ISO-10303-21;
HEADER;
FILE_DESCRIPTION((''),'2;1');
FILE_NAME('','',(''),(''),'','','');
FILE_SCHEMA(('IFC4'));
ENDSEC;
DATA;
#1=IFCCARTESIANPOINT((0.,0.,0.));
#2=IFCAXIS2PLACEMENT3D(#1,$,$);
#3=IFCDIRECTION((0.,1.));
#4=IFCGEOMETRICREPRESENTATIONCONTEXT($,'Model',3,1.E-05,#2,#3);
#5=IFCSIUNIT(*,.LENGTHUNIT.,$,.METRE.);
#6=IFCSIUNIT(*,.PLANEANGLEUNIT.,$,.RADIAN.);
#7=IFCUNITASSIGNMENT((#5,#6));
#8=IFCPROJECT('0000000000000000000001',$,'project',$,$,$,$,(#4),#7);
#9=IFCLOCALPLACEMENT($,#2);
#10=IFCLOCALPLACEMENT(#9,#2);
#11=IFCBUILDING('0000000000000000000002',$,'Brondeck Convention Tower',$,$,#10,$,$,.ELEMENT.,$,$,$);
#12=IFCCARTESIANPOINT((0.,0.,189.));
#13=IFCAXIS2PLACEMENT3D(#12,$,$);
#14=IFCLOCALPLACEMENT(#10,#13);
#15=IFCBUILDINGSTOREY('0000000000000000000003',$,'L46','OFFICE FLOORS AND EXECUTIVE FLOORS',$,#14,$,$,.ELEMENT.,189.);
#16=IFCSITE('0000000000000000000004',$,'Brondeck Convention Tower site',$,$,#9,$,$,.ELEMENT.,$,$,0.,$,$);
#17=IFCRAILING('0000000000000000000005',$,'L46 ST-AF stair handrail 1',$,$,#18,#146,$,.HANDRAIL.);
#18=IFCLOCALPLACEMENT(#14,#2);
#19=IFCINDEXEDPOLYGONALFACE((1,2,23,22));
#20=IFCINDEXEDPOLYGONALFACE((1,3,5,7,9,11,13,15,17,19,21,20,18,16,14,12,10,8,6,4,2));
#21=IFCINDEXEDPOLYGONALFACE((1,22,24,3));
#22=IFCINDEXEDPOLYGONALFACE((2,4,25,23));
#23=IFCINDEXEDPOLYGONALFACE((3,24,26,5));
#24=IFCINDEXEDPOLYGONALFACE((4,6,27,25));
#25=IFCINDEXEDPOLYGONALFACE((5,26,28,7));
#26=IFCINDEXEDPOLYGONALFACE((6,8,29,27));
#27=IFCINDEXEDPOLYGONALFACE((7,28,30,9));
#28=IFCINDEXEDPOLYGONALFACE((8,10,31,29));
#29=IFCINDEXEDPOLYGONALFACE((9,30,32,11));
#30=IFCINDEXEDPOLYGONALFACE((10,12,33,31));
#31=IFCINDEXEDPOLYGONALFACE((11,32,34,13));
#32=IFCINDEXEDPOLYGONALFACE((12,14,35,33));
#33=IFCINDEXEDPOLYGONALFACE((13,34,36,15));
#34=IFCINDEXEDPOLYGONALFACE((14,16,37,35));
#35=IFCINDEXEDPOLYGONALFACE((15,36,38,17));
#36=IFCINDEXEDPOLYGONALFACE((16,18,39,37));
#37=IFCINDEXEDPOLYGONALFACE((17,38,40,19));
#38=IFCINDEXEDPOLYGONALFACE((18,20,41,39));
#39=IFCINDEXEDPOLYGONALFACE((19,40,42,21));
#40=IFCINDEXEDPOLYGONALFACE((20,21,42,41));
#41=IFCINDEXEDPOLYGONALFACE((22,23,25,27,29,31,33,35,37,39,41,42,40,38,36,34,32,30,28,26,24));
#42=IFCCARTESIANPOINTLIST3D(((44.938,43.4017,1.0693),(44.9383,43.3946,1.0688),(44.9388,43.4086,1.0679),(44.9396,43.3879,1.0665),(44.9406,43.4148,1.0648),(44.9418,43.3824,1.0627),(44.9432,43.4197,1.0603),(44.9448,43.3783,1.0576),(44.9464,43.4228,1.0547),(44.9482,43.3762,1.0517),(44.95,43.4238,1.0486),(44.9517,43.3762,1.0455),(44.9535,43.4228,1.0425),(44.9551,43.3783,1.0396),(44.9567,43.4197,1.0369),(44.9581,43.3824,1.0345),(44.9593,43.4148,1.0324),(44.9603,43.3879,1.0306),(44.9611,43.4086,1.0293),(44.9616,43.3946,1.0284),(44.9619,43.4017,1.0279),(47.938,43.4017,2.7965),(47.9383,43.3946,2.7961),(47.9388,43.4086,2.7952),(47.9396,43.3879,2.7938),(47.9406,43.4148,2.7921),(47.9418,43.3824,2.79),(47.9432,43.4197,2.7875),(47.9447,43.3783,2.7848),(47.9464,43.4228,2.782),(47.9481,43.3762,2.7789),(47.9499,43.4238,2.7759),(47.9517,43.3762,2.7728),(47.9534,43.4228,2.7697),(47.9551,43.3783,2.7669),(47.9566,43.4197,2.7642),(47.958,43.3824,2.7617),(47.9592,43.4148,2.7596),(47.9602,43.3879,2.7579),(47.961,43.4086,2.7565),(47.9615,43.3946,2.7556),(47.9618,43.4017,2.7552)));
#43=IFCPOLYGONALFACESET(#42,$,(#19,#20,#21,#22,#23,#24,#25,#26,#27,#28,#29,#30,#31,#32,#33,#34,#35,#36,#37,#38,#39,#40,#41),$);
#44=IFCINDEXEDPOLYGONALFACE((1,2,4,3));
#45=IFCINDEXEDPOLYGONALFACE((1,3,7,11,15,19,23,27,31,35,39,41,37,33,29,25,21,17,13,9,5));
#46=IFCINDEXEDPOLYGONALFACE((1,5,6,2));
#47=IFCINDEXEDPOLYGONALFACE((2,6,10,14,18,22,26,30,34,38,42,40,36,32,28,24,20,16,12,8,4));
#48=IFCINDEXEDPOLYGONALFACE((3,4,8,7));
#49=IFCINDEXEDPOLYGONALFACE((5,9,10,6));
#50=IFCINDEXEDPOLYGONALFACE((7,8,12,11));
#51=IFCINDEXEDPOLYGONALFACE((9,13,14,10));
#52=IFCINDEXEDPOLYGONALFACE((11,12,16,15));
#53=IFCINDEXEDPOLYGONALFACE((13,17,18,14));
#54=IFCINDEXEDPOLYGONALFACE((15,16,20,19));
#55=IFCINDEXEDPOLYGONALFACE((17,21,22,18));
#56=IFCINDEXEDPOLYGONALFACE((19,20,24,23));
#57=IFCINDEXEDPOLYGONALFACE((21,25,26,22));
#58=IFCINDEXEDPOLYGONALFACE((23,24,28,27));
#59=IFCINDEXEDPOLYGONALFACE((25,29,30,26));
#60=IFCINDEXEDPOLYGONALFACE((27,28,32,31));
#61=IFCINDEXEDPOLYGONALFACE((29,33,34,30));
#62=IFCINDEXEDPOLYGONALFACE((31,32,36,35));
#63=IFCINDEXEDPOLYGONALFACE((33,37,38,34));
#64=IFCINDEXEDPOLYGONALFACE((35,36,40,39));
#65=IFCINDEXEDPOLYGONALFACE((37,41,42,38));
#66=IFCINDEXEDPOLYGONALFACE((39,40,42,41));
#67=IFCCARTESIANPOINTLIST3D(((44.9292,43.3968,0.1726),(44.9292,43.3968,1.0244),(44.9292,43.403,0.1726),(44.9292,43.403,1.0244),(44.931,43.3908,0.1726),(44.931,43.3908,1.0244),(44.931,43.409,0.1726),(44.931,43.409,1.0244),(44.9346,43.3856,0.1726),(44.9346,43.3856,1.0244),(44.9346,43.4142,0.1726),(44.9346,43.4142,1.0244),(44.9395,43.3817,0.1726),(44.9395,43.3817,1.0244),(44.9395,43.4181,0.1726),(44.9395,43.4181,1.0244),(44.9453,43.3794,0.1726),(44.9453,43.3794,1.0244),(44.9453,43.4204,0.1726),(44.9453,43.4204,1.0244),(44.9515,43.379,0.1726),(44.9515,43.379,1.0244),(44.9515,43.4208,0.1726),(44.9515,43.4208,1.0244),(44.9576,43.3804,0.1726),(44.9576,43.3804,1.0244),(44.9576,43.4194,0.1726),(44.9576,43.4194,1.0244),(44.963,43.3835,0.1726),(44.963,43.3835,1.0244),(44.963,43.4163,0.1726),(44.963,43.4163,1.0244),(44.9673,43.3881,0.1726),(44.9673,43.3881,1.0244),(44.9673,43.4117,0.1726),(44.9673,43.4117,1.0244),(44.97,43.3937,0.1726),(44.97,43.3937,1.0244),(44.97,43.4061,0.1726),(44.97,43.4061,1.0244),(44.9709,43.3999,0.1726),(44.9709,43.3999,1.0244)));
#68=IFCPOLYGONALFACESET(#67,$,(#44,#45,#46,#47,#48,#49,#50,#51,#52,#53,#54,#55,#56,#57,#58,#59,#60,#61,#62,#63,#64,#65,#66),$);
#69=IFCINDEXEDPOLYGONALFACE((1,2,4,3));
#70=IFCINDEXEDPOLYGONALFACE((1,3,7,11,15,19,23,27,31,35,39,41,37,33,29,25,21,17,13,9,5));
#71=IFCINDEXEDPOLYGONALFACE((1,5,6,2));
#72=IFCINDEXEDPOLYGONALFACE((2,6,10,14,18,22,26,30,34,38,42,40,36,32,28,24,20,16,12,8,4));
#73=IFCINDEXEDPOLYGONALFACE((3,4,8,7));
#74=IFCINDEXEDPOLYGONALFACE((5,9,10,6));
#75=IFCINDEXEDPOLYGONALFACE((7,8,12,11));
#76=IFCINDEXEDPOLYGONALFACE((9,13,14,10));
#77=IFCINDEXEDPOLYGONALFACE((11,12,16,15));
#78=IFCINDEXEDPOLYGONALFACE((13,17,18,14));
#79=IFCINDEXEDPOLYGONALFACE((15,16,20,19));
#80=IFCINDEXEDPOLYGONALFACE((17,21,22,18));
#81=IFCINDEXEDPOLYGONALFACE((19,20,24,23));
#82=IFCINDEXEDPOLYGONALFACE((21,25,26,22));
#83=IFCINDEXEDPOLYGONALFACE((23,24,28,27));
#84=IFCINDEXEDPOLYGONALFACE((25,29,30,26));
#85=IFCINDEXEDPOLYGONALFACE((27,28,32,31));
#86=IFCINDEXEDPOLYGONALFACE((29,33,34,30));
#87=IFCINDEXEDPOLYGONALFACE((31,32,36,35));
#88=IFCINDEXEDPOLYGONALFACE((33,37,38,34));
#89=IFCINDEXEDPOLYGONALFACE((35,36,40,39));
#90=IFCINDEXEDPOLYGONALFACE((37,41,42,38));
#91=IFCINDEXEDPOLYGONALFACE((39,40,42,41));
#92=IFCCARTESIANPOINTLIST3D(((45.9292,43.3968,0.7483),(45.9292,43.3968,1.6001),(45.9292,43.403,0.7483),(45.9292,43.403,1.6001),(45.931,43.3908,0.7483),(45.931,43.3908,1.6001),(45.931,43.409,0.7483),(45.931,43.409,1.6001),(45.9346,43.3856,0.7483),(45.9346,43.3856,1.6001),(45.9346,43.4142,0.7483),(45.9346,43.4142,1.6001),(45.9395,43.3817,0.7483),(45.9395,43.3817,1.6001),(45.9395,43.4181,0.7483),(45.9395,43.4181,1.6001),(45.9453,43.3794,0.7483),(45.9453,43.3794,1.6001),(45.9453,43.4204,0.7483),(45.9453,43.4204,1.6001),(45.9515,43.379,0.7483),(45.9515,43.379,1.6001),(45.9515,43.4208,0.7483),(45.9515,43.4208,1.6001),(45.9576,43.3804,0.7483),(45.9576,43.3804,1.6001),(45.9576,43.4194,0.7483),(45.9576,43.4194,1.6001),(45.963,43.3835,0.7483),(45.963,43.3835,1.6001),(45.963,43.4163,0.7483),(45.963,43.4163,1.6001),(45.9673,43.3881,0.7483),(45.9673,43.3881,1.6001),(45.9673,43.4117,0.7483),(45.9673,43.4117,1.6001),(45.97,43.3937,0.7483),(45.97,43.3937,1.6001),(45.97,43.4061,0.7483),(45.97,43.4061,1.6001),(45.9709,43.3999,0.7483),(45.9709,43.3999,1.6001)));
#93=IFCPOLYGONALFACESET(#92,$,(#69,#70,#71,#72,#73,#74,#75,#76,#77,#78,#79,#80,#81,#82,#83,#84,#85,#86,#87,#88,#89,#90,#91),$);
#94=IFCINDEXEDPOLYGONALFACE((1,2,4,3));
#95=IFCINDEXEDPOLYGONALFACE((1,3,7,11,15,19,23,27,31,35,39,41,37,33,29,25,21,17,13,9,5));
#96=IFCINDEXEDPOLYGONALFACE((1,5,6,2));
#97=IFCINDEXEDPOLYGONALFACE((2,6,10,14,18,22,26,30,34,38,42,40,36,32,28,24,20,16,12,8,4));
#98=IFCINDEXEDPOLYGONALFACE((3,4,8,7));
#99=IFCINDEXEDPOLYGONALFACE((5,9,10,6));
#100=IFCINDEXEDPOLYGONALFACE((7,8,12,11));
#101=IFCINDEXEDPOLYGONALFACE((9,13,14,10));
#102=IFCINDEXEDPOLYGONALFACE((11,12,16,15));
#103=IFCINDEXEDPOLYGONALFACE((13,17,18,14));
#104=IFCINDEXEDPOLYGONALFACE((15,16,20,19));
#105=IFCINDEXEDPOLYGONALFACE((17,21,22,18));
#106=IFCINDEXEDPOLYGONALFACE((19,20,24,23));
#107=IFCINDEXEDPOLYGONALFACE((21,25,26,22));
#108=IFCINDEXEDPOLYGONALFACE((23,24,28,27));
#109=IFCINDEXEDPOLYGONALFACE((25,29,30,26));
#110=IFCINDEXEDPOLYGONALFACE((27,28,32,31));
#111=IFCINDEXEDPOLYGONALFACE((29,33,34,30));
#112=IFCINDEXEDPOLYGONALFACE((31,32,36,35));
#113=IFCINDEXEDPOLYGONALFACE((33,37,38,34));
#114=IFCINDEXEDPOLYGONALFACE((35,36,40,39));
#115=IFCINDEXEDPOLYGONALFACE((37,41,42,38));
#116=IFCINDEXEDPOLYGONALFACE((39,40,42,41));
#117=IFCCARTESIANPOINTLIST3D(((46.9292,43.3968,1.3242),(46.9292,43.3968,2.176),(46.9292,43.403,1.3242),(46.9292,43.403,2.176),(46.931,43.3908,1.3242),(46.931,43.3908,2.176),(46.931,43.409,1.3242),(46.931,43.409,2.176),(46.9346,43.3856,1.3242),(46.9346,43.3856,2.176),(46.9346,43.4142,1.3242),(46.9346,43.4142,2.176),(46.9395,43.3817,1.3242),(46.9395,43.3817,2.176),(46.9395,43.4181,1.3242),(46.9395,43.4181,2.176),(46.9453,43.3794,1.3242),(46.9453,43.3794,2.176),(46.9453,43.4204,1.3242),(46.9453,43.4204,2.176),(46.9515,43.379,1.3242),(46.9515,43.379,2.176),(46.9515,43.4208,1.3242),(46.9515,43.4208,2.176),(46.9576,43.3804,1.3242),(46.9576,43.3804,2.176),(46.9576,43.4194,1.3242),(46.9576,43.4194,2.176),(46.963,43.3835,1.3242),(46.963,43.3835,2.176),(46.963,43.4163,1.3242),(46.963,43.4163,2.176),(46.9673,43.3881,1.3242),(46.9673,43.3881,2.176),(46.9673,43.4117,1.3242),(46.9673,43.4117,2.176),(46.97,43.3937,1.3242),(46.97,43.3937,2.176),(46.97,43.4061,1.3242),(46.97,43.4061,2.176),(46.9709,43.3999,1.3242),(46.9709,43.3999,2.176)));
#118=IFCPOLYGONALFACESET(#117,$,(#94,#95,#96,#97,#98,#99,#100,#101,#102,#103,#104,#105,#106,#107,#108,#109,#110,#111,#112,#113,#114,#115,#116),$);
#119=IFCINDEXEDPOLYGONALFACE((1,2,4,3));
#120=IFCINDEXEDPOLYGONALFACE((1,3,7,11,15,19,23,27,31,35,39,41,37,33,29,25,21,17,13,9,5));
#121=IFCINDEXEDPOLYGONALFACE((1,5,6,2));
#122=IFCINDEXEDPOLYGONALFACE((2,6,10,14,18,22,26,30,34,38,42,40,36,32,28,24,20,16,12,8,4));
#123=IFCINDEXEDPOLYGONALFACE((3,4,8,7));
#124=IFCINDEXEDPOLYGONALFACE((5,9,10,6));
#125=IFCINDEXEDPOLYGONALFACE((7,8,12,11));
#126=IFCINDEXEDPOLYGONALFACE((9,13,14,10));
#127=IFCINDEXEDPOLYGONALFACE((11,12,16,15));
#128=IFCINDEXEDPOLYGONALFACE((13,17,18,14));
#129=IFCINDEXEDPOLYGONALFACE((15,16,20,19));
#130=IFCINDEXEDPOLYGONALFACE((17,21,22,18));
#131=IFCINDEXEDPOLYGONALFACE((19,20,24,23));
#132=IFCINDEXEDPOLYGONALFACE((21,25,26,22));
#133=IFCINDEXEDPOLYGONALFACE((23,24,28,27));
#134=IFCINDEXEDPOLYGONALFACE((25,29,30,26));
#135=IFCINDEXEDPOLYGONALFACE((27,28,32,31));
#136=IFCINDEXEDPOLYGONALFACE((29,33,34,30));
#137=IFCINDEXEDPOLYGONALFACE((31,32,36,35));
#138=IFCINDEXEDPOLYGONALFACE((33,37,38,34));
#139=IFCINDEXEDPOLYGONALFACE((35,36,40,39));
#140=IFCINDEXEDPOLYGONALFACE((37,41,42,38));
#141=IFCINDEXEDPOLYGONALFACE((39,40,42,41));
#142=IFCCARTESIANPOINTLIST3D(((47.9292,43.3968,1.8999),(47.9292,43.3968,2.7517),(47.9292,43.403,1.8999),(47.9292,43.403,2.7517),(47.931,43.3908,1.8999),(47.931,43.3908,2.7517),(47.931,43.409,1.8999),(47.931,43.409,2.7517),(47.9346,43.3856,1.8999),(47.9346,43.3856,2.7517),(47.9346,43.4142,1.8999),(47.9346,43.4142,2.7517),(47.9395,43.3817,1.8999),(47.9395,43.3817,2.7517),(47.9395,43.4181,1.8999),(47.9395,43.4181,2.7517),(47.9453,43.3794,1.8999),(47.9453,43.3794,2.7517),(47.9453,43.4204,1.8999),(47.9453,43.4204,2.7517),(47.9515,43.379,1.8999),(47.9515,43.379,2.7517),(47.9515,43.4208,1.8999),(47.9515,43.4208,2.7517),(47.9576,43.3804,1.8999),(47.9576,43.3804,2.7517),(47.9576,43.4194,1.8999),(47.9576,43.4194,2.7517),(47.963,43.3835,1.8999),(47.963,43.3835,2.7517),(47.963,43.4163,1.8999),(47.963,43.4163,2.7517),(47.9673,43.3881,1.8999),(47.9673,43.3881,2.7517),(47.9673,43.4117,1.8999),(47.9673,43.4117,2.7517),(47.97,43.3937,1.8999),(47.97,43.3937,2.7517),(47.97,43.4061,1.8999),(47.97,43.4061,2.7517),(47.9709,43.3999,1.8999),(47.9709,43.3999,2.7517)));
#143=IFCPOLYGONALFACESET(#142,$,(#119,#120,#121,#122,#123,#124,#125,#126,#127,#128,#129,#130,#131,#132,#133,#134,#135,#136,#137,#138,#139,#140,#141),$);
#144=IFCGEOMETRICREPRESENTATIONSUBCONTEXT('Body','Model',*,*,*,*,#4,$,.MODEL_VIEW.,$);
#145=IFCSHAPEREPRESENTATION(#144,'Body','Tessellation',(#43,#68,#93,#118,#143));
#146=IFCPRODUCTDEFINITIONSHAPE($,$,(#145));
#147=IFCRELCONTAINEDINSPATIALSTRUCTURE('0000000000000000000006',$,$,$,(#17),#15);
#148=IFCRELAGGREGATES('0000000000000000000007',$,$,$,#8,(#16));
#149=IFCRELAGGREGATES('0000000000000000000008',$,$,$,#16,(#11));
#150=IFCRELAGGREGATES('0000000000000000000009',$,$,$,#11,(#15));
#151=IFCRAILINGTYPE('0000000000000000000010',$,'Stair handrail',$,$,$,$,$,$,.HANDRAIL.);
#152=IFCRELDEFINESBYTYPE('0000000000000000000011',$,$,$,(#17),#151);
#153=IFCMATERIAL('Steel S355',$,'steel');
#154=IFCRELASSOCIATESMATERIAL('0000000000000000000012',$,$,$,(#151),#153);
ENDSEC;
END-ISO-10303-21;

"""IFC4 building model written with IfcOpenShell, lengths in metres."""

from ifc_helpers import new_model, si_unit, direction, frame, origin, origin_2d, place, context, subcontext, project, spatial, circle, extrude, material, type_object, element, save


model = new_model("IFC4")

# Units and contexts
model_context = context("Model", 3, precision=1e-05, world=origin(), true_north=direction((0.0, 1.0)))
body_context = subcontext(model_context, "Body", "Model", "MODEL_VIEW")
ifc_project = project(units=[si_unit("LENGTHUNIT", "METRE"), si_unit("PLANEANGLEUNIT", "RADIAN")], contexts=[model_context])

# Site, building, storey
site_placement = place(None, origin())
site = spatial("IfcSite", under=ifc_project, at=site_placement, Name="Brondeck Convention Tower site", CompositionType="ELEMENT", RefElevation=0.0)
building_placement = place(site_placement, origin())
building = spatial("IfcBuilding", under=site, at=building_placement, Name="Brondeck Convention Tower", CompositionType="ELEMENT")
storey_placement = place(building_placement, frame((0.0, 0.0, 189.0)))
storey = spatial("IfcBuildingStorey", under=building, at=storey_placement, Name="L46", Description="OFFICE FLOORS AND EXECUTIVE FLOORS", CompositionType="ELEMENT", Elevation=189.0)

# Shared definitions
ifc_material_1 = material(Name="Steel S355", Category="steel")

# Railing
railing_type_1 = type_object("IfcRailingType", Name="Stair handrail", PredefinedType="HANDRAIL", material=ifc_material_1)
railing_1_placement = place(storey_placement, frame((44.95, 43.3999, 0.1726)))
element("IfcRailing", 1, at=railing_1_placement, inside=storey, type_object=railing_type_1, Name="L46 ST-AF stair handrail 1", PredefinedType="HANDRAIL", context=body_context, shape_type="SweptSolid", body=[
    extrude(circle(Radius=0.0239, at=origin_2d()), frame((0.0, 0.0, 0.876), z_axis=(0.86662, 0.0, 0.498969), x_axis=(0.0, 1.0, 0.0)), (0.0, 0.0, 1.0), 3.4617),
    extrude(circle(Radius=0.021, at=origin_2d()), origin(), (0.0, 0.0, 1.0), 0.8518),
    extrude(circle(Radius=0.021, at=origin_2d()), frame((1.0, 0.0, 0.5757)), (0.0, 0.0, 1.0), 0.8518),
    extrude(circle(Radius=0.021, at=origin_2d()), frame((2.0, 0.0, 1.1516)), (0.0, 0.0, 1.0), 0.8518),
    extrude(circle(Radius=0.021, at=origin_2d()), frame((3.0, 0.0, 1.7273)), (0.0, 0.0, 1.0), 0.8518),
])

save(model, "model.ifc")
